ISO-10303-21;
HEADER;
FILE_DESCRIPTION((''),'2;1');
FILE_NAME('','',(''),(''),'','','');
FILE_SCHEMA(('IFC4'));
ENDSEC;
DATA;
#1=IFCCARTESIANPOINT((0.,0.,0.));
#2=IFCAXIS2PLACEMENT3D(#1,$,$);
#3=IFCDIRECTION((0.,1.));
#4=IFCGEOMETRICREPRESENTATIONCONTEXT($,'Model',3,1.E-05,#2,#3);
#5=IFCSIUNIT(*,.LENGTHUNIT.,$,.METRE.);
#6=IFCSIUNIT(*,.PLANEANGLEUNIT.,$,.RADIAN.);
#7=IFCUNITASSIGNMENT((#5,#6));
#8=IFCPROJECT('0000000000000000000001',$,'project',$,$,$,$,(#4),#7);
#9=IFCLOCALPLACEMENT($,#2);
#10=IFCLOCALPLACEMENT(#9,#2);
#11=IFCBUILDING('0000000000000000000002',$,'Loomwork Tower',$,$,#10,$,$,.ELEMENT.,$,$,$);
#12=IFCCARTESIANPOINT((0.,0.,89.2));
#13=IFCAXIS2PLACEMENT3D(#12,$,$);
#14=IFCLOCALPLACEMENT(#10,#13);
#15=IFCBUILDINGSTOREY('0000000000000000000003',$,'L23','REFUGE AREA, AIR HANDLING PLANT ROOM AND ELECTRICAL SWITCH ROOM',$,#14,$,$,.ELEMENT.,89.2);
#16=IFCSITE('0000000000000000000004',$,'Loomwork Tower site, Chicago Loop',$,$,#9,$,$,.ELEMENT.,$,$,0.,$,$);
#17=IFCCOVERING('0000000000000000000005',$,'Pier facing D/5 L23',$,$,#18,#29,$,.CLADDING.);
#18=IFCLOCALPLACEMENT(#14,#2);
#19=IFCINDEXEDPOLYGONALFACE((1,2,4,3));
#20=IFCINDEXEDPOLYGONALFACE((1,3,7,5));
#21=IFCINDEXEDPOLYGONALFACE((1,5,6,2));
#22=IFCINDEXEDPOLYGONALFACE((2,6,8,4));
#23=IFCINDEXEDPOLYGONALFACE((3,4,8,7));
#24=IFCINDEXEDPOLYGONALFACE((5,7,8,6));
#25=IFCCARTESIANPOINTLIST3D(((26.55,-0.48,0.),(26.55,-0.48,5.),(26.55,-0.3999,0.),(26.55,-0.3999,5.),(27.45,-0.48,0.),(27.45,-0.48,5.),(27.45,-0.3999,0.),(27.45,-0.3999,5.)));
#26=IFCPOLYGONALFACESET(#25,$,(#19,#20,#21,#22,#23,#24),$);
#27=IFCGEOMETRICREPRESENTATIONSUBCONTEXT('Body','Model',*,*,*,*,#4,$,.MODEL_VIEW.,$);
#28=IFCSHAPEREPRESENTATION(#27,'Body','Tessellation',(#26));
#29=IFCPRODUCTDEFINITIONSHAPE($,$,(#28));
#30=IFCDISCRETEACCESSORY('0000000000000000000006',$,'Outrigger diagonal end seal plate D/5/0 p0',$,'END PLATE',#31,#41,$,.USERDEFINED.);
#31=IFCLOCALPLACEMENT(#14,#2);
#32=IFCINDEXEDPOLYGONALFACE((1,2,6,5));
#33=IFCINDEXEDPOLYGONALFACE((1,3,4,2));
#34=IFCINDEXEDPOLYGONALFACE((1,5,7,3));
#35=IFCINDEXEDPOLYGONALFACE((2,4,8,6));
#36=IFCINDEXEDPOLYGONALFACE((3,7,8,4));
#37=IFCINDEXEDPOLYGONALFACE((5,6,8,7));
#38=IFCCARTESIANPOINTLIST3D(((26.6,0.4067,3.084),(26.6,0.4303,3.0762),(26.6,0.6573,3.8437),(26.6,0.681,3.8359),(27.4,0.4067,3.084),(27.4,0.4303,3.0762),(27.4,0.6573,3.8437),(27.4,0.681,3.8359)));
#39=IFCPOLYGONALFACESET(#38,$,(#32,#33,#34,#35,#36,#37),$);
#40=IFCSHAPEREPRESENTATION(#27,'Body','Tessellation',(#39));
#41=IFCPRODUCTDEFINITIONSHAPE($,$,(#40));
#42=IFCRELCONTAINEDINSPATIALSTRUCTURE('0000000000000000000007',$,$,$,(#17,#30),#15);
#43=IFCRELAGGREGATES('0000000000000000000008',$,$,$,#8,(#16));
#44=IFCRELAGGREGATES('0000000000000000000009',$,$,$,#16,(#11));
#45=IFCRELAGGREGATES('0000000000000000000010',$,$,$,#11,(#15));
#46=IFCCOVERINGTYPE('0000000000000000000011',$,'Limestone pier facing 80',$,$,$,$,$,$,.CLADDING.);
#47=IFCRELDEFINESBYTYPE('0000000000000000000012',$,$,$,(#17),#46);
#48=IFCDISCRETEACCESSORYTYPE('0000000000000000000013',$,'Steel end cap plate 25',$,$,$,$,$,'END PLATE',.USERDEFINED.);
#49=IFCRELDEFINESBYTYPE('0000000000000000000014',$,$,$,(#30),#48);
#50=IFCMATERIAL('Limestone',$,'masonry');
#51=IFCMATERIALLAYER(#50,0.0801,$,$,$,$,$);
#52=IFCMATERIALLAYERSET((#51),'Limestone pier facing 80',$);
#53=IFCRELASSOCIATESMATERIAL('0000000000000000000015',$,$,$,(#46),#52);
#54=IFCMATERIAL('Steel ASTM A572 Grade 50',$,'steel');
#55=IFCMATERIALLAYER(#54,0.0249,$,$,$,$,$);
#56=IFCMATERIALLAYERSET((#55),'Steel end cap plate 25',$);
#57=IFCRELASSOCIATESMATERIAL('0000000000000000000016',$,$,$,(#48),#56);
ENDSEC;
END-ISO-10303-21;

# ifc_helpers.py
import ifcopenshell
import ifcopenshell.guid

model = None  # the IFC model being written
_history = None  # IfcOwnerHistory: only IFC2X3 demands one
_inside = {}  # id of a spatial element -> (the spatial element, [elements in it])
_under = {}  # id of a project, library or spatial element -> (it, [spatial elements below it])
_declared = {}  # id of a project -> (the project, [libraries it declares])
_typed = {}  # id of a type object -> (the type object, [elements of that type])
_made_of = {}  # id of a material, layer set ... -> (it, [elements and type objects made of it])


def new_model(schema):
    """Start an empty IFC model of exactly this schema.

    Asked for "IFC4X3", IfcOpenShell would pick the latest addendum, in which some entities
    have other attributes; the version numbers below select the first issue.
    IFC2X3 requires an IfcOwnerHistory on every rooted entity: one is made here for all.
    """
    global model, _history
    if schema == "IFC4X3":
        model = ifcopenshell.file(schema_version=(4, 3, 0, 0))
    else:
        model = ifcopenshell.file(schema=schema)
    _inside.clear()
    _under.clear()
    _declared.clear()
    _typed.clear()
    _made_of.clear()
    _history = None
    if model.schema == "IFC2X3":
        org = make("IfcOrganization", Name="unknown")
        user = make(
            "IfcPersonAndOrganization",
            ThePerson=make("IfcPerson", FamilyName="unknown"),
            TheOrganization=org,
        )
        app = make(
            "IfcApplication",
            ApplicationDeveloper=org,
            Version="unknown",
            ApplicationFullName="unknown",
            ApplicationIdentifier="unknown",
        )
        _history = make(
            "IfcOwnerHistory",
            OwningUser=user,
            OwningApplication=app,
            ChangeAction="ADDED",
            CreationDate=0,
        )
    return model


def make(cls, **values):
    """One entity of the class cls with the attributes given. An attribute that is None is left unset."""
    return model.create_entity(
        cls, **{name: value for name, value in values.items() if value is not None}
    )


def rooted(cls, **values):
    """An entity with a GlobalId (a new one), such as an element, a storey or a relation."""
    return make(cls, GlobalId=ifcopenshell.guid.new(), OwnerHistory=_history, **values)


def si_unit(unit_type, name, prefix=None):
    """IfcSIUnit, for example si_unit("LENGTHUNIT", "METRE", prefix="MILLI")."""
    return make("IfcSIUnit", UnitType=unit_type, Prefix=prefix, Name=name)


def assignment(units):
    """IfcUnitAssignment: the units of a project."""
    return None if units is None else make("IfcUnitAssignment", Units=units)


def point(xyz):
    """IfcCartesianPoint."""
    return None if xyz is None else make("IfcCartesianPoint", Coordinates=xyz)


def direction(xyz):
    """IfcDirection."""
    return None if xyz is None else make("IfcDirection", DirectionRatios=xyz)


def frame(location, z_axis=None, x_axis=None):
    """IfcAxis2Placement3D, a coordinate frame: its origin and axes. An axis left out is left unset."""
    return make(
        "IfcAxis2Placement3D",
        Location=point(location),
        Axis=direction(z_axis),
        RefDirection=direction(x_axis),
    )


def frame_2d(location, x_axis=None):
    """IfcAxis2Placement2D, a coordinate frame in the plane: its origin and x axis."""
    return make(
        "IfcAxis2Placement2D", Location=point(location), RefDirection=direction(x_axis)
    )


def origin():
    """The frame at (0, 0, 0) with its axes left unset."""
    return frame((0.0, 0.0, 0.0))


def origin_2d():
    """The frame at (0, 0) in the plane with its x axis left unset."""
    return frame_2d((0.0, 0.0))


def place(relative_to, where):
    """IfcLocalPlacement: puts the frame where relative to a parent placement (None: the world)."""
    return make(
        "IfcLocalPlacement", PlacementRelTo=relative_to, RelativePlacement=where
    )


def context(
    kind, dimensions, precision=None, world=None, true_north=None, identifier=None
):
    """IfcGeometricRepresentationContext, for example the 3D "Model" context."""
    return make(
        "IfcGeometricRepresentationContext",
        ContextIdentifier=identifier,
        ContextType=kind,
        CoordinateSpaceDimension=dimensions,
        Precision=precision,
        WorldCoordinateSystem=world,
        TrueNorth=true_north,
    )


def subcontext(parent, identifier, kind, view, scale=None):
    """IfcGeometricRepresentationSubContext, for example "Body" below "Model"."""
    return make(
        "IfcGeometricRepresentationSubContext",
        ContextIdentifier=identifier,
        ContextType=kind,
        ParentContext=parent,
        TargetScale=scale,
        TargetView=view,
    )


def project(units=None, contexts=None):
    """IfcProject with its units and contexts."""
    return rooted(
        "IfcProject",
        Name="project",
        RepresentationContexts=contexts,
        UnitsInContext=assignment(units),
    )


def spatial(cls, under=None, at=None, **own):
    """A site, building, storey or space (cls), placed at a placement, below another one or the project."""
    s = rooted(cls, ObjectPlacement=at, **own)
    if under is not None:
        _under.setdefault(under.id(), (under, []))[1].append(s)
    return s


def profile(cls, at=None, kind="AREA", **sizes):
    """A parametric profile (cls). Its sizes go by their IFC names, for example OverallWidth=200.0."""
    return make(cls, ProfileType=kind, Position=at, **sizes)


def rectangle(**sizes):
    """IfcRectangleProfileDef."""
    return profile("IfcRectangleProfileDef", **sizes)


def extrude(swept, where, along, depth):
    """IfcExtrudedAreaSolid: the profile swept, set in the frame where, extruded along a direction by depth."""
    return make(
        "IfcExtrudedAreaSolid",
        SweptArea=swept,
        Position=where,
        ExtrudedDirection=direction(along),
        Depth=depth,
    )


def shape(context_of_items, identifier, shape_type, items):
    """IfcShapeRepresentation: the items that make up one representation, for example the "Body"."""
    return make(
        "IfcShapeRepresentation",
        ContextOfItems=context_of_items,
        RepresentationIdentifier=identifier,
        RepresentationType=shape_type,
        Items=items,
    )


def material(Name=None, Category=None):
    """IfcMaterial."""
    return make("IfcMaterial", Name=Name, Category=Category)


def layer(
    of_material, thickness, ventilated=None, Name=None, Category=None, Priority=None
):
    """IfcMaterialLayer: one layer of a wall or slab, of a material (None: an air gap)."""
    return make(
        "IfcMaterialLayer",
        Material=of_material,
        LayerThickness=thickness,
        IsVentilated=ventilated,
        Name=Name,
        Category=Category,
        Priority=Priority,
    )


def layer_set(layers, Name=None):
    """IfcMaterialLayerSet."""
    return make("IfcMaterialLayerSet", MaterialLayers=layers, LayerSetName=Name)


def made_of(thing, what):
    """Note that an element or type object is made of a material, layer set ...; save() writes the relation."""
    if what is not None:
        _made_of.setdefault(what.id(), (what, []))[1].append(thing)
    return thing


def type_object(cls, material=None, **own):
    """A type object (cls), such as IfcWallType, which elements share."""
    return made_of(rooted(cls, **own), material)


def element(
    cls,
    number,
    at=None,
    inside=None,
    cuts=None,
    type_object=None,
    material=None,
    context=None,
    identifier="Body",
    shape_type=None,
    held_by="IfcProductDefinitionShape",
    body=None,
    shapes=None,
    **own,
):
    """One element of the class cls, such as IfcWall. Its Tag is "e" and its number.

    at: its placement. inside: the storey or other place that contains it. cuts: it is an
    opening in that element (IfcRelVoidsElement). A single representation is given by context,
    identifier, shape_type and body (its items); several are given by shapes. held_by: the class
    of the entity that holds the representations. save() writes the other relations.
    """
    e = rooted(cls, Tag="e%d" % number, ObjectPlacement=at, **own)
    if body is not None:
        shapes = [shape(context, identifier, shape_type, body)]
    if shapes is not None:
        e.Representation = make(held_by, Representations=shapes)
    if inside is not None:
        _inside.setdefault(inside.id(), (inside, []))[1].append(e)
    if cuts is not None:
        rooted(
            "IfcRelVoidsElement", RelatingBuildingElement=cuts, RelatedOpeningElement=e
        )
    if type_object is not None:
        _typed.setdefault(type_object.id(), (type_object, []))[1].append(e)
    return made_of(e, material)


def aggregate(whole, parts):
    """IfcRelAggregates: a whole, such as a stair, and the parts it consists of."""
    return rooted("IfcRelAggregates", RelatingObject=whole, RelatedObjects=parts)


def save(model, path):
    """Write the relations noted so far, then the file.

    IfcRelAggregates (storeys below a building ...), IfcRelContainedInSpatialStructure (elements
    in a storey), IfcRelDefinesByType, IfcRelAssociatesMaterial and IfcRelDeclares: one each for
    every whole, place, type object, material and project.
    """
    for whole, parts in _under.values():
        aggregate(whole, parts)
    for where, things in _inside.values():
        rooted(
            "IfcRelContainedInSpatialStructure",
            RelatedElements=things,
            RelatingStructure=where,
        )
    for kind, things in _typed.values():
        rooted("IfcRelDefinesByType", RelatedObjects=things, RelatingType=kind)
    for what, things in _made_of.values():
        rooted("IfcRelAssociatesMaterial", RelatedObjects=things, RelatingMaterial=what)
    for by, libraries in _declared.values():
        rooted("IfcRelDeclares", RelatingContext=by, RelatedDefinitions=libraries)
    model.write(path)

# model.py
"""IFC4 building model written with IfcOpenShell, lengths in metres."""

from ifc_helpers import new_model, si_unit, direction, frame, origin, origin_2d, place, context, subcontext, project, spatial, rectangle, extrude, material, layer, layer_set, type_object, element, save


model = new_model("IFC4")

# Units and contexts
model_context = context("Model", 3, precision=1e-05, world=origin(), true_north=direction((0.0, 1.0)))
body_context = subcontext(model_context, "Body", "Model", "MODEL_VIEW")
ifc_project = project(units=[si_unit("LENGTHUNIT", "METRE"), si_unit("PLANEANGLEUNIT", "RADIAN")], contexts=[model_context])

# Site, building, storey
site_placement = place(None, origin())
site = spatial("IfcSite", under=ifc_project, at=site_placement, Name="Loomwork Tower site, Chicago Loop", CompositionType="ELEMENT", RefElevation=0.0)
building_placement = place(site_placement, origin())
building = spatial("IfcBuilding", under=site, at=building_placement, Name="Loomwork Tower", CompositionType="ELEMENT")
storey_placement = place(building_placement, frame((0.0, 0.0, 89.2)))
storey = spatial("IfcBuildingStorey", under=building, at=storey_placement, Name="L23", Description="REFUGE AREA, AIR HANDLING PLANT ROOM AND ELECTRICAL SWITCH ROOM", CompositionType="ELEMENT", Elevation=89.2)

# Covering
ifc_material_1 = material(Name="Limestone", Category="masonry")
ifc_layer_1 = layer(ifc_material_1, 0.0801)
ifc_layer_set_1 = layer_set([ifc_layer_1], Name="Limestone pier facing 80")
covering_type = type_object("IfcCoveringType", Name="Limestone pier facing 80", PredefinedType="CLADDING", material=ifc_layer_set_1)
covering_placement = place(storey_placement, frame((27.0, -0.4399, 0.0), z_axis=(0.0, 0.0, 1.0), x_axis=(1.0, 0.0, 0.0)))
element("IfcCovering", 1, at=covering_placement, inside=storey, type_object=covering_type, Name="Pier facing D/5 L23", PredefinedType="CLADDING", context=body_context, shape_type="SweptSolid", body=[
    extrude(rectangle(XDim=0.8999, YDim=0.0801, at=origin_2d()), origin(), (0.0, 0.0, 1.0), 5.0),
])

# Discrete accessory
ifc_material_2 = material(Name="Steel ASTM A572 Grade 50", Category="steel")
ifc_layer_2 = layer(ifc_material_2, 0.0249)
ifc_layer_set_2 = layer_set([ifc_layer_2], Name="Steel end cap plate 25")
discrete_accessory_type = type_object("IfcDiscreteAccessoryType", Name="Steel end cap plate 25", ElementType="END PLATE", PredefinedType="USERDEFINED", material=ifc_layer_set_2)
discrete_accessory_placement = place(storey_placement, frame((27.0, 0.5557, 3.4561), z_axis=(0.0, -0.949658, 0.313289), x_axis=(1.0, 0.0, 0.0)))
element("IfcDiscreteAccessory", 2, at=discrete_accessory_placement, inside=storey, type_object=discrete_accessory_type, Name="Outrigger diagonal end seal plate D/5/0 p0", ObjectType="END PLATE", PredefinedType="USERDEFINED", context=body_context, shape_type="SweptSolid", body=[
    extrude(rectangle(XDim=0.8, YDim=0.8, at=origin_2d()), origin(), (0.0, 0.0, 1.0), 0.0249),
])

save(model, "model.ifc")
